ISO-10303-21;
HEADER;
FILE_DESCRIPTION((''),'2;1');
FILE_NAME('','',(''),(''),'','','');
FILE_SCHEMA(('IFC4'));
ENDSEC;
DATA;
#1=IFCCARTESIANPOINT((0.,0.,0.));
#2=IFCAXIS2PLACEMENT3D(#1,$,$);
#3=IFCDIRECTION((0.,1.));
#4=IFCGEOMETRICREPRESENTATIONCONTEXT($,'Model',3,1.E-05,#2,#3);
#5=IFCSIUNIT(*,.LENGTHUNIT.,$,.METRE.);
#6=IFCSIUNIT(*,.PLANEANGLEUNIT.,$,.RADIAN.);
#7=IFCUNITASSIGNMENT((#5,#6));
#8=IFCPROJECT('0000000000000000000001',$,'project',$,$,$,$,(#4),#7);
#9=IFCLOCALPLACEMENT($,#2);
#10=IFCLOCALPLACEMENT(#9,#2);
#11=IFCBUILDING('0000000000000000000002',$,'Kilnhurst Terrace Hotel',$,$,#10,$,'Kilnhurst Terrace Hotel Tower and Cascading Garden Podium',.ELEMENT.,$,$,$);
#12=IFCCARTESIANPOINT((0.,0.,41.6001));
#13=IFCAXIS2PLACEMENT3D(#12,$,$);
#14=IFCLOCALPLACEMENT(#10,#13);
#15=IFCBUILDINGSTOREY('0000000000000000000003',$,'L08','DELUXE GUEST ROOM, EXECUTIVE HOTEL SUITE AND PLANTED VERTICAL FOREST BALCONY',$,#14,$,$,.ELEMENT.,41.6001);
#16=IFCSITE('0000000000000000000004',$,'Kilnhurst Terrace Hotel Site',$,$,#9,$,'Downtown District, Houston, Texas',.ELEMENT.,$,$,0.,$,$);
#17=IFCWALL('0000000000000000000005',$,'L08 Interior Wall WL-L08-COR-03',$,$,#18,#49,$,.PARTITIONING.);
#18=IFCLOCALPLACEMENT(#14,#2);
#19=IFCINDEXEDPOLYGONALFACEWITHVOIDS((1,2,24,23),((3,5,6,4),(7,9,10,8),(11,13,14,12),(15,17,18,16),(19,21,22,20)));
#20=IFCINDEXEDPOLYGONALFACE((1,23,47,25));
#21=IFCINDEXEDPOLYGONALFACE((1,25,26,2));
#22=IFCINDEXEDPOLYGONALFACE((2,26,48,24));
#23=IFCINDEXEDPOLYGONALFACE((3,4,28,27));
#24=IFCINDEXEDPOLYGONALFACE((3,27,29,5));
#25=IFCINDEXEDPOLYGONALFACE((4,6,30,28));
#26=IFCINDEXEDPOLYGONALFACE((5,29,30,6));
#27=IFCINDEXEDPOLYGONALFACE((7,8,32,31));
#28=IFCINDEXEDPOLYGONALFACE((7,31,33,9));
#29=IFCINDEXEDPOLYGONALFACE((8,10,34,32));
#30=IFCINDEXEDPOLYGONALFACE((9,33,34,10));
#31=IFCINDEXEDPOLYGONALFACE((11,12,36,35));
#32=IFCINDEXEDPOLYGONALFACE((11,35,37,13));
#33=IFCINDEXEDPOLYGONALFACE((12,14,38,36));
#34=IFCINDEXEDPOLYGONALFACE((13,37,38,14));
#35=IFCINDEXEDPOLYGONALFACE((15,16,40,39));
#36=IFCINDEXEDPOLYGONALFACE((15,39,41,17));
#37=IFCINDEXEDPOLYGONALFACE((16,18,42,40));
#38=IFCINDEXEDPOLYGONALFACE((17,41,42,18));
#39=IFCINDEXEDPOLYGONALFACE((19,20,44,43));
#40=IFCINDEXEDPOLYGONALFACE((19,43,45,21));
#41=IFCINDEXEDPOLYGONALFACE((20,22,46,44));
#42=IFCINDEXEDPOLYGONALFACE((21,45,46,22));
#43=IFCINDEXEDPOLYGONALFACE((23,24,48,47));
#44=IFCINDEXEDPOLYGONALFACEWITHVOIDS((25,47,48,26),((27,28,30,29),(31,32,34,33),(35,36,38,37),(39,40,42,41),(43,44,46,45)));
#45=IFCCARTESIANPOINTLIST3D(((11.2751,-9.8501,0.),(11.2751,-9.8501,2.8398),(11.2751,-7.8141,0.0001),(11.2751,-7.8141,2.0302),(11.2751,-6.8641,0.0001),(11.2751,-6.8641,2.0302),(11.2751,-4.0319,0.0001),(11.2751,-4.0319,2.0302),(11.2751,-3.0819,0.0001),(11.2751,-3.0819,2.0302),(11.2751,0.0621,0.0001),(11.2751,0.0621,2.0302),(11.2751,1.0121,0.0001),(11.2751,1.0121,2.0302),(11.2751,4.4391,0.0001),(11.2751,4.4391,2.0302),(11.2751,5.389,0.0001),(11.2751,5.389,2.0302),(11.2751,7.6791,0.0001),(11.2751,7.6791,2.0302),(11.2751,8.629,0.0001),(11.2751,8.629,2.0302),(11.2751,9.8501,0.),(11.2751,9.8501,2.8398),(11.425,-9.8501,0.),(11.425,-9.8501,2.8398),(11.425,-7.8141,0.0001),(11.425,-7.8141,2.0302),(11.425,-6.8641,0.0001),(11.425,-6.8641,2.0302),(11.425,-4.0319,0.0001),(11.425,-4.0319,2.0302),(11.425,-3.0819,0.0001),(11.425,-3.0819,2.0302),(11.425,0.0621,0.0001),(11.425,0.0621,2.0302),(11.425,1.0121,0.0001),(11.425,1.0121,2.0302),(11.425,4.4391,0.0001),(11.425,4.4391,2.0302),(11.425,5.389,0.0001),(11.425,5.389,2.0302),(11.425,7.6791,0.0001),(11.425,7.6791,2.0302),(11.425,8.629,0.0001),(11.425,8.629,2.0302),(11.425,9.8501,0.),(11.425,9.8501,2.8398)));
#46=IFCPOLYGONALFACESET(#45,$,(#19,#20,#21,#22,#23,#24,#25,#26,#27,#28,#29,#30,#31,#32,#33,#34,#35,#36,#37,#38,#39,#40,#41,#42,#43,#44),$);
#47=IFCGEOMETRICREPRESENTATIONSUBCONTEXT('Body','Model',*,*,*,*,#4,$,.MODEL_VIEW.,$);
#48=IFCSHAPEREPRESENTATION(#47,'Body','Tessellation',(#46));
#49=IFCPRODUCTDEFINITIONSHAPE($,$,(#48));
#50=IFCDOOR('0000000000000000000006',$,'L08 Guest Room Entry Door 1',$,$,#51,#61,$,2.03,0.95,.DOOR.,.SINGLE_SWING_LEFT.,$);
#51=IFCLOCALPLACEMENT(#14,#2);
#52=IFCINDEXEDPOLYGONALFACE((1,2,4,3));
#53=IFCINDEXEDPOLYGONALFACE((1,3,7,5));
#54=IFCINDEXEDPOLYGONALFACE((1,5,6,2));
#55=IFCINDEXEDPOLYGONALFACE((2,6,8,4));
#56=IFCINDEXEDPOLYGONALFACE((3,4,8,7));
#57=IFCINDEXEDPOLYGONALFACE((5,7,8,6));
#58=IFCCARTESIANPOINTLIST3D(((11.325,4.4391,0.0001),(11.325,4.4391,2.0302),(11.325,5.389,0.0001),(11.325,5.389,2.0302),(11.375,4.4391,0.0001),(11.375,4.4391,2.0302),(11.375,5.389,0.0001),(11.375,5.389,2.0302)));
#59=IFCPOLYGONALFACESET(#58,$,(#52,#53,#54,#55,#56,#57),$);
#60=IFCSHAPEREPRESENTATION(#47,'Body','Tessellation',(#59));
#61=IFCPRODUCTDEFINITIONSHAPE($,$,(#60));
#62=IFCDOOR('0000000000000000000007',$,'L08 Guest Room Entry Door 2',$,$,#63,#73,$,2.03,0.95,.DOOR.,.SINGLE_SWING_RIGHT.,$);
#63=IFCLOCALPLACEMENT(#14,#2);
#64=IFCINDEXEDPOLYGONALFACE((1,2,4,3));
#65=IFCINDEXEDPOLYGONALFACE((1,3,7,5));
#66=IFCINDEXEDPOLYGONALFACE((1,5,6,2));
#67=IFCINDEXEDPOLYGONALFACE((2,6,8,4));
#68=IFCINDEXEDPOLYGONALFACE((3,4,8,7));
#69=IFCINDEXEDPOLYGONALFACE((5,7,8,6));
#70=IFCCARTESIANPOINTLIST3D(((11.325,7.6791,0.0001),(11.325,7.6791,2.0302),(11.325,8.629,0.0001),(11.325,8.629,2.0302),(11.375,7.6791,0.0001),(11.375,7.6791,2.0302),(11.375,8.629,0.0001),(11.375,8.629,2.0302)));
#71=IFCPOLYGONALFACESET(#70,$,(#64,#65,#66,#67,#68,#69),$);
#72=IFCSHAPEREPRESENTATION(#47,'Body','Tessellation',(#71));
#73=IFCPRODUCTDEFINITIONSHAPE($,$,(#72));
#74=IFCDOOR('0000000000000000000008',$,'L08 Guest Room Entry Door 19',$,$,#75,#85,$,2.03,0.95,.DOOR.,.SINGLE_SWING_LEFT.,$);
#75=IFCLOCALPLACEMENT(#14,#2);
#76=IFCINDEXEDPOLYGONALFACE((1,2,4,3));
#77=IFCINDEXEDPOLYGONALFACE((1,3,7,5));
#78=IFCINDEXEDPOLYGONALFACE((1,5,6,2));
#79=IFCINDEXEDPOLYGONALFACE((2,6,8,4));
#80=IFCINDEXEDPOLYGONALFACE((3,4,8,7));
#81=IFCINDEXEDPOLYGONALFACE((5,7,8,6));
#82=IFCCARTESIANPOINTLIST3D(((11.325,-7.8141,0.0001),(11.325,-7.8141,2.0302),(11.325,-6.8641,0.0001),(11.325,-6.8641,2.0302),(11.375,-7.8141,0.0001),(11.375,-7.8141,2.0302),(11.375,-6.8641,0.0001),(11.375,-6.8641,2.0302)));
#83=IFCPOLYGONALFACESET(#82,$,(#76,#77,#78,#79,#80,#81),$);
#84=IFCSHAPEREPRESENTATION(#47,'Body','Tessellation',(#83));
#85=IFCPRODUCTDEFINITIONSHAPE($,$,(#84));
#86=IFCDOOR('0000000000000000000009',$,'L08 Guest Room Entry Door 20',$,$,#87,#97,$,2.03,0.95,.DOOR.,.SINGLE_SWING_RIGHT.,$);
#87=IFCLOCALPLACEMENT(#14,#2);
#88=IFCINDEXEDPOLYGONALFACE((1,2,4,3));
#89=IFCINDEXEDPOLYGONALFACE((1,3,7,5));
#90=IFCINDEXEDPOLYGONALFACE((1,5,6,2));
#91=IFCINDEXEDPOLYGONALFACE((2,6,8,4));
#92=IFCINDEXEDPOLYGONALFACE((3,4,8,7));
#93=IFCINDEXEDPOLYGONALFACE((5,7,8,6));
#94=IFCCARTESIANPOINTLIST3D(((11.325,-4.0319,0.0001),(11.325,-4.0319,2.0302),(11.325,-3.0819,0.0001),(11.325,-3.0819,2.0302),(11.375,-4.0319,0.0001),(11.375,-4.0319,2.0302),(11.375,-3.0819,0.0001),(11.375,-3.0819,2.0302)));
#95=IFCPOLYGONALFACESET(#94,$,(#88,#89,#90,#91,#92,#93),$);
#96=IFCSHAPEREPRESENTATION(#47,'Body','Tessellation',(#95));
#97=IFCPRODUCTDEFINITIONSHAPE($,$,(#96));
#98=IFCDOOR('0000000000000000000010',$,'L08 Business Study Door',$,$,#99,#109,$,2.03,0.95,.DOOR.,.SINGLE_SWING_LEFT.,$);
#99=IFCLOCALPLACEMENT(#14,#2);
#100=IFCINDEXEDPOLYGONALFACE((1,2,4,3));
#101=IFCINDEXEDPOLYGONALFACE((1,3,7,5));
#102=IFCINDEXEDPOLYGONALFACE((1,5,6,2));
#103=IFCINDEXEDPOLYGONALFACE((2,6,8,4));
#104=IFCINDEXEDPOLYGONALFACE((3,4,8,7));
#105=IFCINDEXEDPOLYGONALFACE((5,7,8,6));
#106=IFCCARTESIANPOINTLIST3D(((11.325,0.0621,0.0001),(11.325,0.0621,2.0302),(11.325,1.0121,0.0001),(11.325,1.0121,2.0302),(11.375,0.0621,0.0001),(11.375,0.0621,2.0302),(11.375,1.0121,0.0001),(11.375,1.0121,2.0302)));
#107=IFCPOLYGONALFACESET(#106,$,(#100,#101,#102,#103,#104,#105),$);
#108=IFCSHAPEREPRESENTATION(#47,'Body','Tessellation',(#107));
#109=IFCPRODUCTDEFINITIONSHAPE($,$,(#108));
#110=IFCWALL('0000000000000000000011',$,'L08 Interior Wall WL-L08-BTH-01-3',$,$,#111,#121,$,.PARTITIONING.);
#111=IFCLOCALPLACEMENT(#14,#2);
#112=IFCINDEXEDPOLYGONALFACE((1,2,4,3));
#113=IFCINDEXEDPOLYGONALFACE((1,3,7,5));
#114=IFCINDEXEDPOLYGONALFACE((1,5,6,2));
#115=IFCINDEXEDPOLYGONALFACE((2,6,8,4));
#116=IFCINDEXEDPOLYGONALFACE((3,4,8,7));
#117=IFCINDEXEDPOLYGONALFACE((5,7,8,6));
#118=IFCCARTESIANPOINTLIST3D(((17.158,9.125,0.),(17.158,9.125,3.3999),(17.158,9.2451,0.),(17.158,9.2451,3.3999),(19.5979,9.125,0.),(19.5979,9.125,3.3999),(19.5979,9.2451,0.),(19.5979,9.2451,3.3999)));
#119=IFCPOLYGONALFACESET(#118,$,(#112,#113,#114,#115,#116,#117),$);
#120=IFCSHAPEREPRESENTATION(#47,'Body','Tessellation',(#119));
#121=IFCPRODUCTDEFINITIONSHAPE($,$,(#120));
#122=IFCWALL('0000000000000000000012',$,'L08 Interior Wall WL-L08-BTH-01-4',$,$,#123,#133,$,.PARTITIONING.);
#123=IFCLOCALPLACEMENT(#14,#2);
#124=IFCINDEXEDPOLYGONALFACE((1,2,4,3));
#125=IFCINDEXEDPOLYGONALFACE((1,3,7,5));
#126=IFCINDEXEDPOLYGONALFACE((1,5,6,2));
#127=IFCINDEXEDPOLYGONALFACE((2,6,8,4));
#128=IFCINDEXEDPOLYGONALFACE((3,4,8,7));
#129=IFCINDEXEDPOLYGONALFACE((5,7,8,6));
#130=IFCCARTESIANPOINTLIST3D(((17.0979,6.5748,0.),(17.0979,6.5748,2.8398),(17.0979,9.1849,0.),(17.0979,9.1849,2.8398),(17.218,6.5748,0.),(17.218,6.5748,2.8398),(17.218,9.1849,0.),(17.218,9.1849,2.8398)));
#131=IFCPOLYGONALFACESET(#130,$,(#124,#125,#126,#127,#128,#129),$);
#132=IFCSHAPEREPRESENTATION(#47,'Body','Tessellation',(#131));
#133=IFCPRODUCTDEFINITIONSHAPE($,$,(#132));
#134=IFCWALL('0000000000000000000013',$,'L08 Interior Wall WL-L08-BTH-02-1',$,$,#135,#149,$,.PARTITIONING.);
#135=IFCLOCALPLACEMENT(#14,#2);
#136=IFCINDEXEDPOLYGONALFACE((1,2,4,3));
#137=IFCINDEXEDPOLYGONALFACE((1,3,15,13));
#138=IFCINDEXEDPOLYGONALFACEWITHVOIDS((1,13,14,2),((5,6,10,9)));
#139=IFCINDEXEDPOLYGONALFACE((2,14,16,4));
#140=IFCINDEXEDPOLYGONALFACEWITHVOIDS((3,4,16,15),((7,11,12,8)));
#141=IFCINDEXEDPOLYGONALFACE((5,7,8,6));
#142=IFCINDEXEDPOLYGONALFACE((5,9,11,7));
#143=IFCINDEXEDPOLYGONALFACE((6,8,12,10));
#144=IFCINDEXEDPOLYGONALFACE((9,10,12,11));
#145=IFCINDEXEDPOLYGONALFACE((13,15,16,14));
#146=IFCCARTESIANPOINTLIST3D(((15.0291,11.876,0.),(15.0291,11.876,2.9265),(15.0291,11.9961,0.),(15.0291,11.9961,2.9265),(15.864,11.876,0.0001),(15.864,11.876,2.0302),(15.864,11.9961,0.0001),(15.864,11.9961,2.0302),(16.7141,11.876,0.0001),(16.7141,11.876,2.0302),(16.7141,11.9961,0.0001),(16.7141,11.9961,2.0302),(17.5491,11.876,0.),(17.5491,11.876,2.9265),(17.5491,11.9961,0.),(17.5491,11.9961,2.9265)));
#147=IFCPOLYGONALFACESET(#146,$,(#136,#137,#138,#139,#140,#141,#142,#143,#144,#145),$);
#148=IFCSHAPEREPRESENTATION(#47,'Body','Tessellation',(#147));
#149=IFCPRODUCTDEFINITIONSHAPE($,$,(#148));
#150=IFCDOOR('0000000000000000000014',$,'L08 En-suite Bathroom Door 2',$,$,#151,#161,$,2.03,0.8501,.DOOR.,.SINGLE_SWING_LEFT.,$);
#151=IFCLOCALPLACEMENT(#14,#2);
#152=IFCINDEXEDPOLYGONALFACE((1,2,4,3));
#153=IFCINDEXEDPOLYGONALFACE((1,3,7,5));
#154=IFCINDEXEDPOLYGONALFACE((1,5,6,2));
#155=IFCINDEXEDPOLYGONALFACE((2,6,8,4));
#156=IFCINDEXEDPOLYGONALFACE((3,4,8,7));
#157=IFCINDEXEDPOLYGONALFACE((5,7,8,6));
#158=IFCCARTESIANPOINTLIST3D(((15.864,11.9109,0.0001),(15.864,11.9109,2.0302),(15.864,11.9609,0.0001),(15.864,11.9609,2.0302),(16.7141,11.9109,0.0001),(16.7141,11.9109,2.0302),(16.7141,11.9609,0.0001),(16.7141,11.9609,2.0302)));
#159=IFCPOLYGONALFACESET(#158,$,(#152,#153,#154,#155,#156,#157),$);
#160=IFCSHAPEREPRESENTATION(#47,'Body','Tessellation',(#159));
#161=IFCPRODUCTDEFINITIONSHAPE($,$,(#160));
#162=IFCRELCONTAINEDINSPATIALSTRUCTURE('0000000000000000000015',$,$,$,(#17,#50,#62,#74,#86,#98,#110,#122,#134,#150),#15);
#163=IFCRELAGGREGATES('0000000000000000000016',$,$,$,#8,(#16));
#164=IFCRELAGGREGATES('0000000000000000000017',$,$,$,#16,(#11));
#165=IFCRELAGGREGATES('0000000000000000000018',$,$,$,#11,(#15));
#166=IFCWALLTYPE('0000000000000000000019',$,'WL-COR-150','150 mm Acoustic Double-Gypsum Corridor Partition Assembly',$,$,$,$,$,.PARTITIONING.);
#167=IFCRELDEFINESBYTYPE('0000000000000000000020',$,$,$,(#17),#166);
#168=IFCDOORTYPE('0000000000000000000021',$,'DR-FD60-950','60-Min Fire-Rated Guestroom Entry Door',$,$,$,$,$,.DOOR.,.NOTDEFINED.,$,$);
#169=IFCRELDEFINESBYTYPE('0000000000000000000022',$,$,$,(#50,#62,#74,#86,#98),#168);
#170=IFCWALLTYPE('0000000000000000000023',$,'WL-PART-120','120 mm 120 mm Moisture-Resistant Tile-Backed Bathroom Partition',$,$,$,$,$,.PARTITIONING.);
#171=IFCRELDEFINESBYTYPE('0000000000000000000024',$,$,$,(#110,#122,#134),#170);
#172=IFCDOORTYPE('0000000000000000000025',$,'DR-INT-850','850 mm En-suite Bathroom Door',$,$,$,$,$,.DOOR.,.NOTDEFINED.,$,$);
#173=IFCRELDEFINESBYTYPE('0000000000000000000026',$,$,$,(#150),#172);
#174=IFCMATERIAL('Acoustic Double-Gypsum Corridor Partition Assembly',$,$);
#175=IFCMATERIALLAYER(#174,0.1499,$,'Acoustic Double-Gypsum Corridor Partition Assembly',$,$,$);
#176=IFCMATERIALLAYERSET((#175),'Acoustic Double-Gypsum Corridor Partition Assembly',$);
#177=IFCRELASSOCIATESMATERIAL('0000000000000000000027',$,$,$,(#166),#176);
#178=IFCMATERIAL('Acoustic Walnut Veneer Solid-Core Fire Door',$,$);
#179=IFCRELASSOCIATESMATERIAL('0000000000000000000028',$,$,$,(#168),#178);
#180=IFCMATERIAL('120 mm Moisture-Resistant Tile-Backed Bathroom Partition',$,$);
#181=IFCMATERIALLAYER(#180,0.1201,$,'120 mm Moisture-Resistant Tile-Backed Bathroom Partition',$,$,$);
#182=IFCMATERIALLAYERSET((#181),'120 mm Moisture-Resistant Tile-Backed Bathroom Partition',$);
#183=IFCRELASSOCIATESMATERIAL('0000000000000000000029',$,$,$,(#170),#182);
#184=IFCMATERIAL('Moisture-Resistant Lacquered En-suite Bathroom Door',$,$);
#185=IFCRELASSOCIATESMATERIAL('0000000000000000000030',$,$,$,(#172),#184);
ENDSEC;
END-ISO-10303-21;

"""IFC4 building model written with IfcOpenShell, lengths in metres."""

from ifc_helpers import new_model, si_unit, direction, frame, frame_2d, origin, place, context, subcontext, project, spatial, rectangle, extrude, material, layer, layer_set, type_object, element, fill, save


model = new_model("IFC4")

# Units and contexts
model_context = context("Model", 3, precision=1e-05, world=origin(), true_north=direction((0.0, 1.0)))
body_context = subcontext(model_context, "Body", "Model", "MODEL_VIEW")
ifc_project = project(units=[si_unit("LENGTHUNIT", "METRE"), si_unit("PLANEANGLEUNIT", "RADIAN")], contexts=[model_context])

# Site, building, storey
site_placement = place(None, origin())
site = spatial("IfcSite", under=ifc_project, at=site_placement, Name="Kilnhurst Terrace Hotel Site", LongName="Downtown District, Houston, Texas", CompositionType="ELEMENT", RefElevation=0.0)
building_placement = place(site_placement, origin())
building = spatial("IfcBuilding", under=site, at=building_placement, Name="Kilnhurst Terrace Hotel", LongName="Kilnhurst Terrace Hotel Tower and Cascading Garden Podium", CompositionType="ELEMENT")
storey_placement = place(building_placement, frame((0.0, 0.0, 41.6001)))
storey = spatial("IfcBuildingStorey", under=building, at=storey_placement, Name="L08", Description="DELUXE GUEST ROOM, EXECUTIVE HOTEL SUITE AND PLANTED VERTICAL FOREST BALCONY", CompositionType="ELEMENT", Elevation=41.6001)

# Wall, openings, doors
ifc_material_1 = material(Name="Acoustic Double-Gypsum Corridor Partition Assembly")
ifc_layer_1 = layer(ifc_material_1, 0.1499, Name="Acoustic Double-Gypsum Corridor Partition Assembly")
ifc_layer_set_1 = layer_set([ifc_layer_1], Name="Acoustic Double-Gypsum Corridor Partition Assembly")
wall_type_1 = type_object("IfcWallType", Name="WL-COR-150", Description="150 mm Acoustic Double-Gypsum Corridor Partition Assembly", PredefinedType="PARTITIONING", material=ifc_layer_set_1)
wall_1_placement = place(storey_placement, frame((11.3501, 9.8501, 0.0), z_axis=(0.0, 0.0, 1.0), x_axis=(0.0, -1.0, 0.0)))
wall_1 = element("IfcWall", 1, at=wall_1_placement, inside=storey, type_object=wall_type_1, Name="L08 Interior Wall WL-L08-COR-03", PredefinedType="PARTITIONING", context=body_context, shape_type="SweptSolid", body=[
    extrude(rectangle(XDim=19.7002, YDim=0.1499, at=frame_2d((9.8501, 0.0))), origin(), (0.0, 0.0, 1.0), 2.8398),
])
opening_1_placement = place(wall_1_placement, frame((4.4609, 0.0, 0.0)))
opening_1 = element("IfcOpeningElement", 2, at=opening_1_placement, cuts=wall_1, PredefinedType="OPENING", context=body_context, shape_type="SweptSolid", body=[
    extrude(rectangle(XDim=0.95, YDim=2.03, at=frame_2d((0.4751, 1.0151))), frame((0.0, 0.085, 0.0), z_axis=(0.0, -1.0, 0.0), x_axis=(1.0, 0.0, 0.0)), (0.0, 0.0, 1.0), 0.1699),
])
opening_2_placement = place(wall_1_placement, frame((1.2209, 0.0, 0.0)))
opening_2 = element("IfcOpeningElement", 3, at=opening_2_placement, cuts=wall_1, PredefinedType="OPENING", context=body_context, shape_type="SweptSolid", body=[
    extrude(rectangle(XDim=0.95, YDim=2.03, at=frame_2d((0.4751, 1.0151))), frame((0.0, 0.085, 0.0), z_axis=(0.0, -1.0, 0.0), x_axis=(1.0, 0.0, 0.0)), (0.0, 0.0, 1.0), 0.1699),
])
opening_3_placement = place(wall_1_placement, frame((16.7141, 0.0, 0.0)))
opening_3 = element("IfcOpeningElement", 4, at=opening_3_placement, cuts=wall_1, PredefinedType="OPENING", context=body_context, shape_type="SweptSolid", body=[
    extrude(rectangle(XDim=0.95, YDim=2.03, at=frame_2d((0.4751, 1.0151))), frame((0.0, 0.085, 0.0), z_axis=(0.0, -1.0, 0.0), x_axis=(1.0, 0.0, 0.0)), (0.0, 0.0, 1.0), 0.1699),
])
opening_4_placement = place(wall_1_placement, frame((12.9319, 0.0, 0.0)))
opening_4 = element("IfcOpeningElement", 5, at=opening_4_placement, cuts=wall_1, PredefinedType="OPENING", context=body_context, shape_type="SweptSolid", body=[
    extrude(rectangle(XDim=0.95, YDim=2.03, at=frame_2d((0.4751, 1.0151))), frame((0.0, 0.085, 0.0), z_axis=(0.0, -1.0, 0.0), x_axis=(1.0, 0.0, 0.0)), (0.0, 0.0, 1.0), 0.1699),
])
opening_5_placement = place(wall_1_placement, frame((8.8379, 0.0, 0.0)))
opening_5 = element("IfcOpeningElement", 6, at=opening_5_placement, cuts=wall_1, PredefinedType="OPENING", context=body_context, shape_type="SweptSolid", body=[
    extrude(rectangle(XDim=0.95, YDim=2.03, at=frame_2d((0.4751, 1.0151))), frame((0.0, 0.085, 0.0), z_axis=(0.0, -1.0, 0.0), x_axis=(1.0, 0.0, 0.0)), (0.0, 0.0, 1.0), 0.1699),
])
ifc_material_2 = material(Name="Acoustic Walnut Veneer Solid-Core Fire Door")
door_type_1 = type_object("IfcDoorType", Name="DR-FD60-950", Description="60-Min Fire-Rated Guestroom Entry Door", OperationType="NOTDEFINED", PredefinedType="DOOR", material=ifc_material_2)
door_1_placement = place(opening_1_placement, origin())
door_1 = element("IfcDoor", 7, at=door_1_placement, inside=storey, type_object=door_type_1, Name="L08 Guest Room Entry Door 1", OperationType="SINGLE_SWING_LEFT", OverallHeight=2.03, OverallWidth=0.95, PredefinedType="DOOR", context=body_context, shape_type="SweptSolid", body=[
    extrude(rectangle(XDim=0.95, YDim=2.03, at=frame_2d((0.4751, 1.0151))), frame((0.0, 0.0249, 0.0), z_axis=(0.0, -1.0, 0.0), x_axis=(1.0, 0.0, 0.0)), (0.0, 0.0, 1.0), 0.05),
])
fill(opening_1, door_1)
door_2_placement = place(opening_2_placement, origin())
door_2 = element("IfcDoor", 8, at=door_2_placement, inside=storey, type_object=door_type_1, Name="L08 Guest Room Entry Door 2", OperationType="SINGLE_SWING_RIGHT", OverallHeight=2.03, OverallWidth=0.95, PredefinedType="DOOR", context=body_context, shape_type="SweptSolid", body=[
    extrude(rectangle(XDim=0.95, YDim=2.03, at=frame_2d((0.4751, 1.0151))), frame((0.0, 0.0249, 0.0), z_axis=(0.0, -1.0, 0.0), x_axis=(1.0, 0.0, 0.0)), (0.0, 0.0, 1.0), 0.05),
])
fill(opening_2, door_2)
door_3_placement = place(opening_3_placement, origin())
door_3 = element("IfcDoor", 9, at=door_3_placement, inside=storey, type_object=door_type_1, Name="L08 Guest Room Entry Door 19", OperationType="SINGLE_SWING_LEFT", OverallHeight=2.03, OverallWidth=0.95, PredefinedType="DOOR", context=body_context, shape_type="SweptSolid", body=[
    extrude(rectangle(XDim=0.95, YDim=2.03, at=frame_2d((0.4751, 1.0151))), frame((0.0, 0.0249, 0.0), z_axis=(0.0, -1.0, 0.0), x_axis=(1.0, 0.0, 0.0)), (0.0, 0.0, 1.0), 0.05),
])
fill(opening_3, door_3)
door_4_placement = place(opening_4_placement, origin())
door_4 = element("IfcDoor", 10, at=door_4_placement, inside=storey, type_object=door_type_1, Name="L08 Guest Room Entry Door 20", OperationType="SINGLE_SWING_RIGHT", OverallHeight=2.03, OverallWidth=0.95, PredefinedType="DOOR", context=body_context, shape_type="SweptSolid", body=[
    extrude(rectangle(XDim=0.95, YDim=2.03, at=frame_2d((0.4751, 1.0151))), frame((0.0, 0.0249, 0.0), z_axis=(0.0, -1.0, 0.0), x_axis=(1.0, 0.0, 0.0)), (0.0, 0.0, 1.0), 0.05),
])
fill(opening_4, door_4)
door_5_placement = place(opening_5_placement, origin())
door_5 = element("IfcDoor", 11, at=door_5_placement, inside=storey, type_object=door_type_1, Name="L08 Business Study Door", OperationType="SINGLE_SWING_LEFT", OverallHeight=2.03, OverallWidth=0.95, PredefinedType="DOOR", context=body_context, shape_type="SweptSolid", body=[
    extrude(rectangle(XDim=0.95, YDim=2.03, at=frame_2d((0.4751, 1.0151))), frame((0.0, 0.0249, 0.0), z_axis=(0.0, -1.0, 0.0), x_axis=(1.0, 0.0, 0.0)), (0.0, 0.0, 1.0), 0.05),
])
fill(opening_5, door_5)

# Walls
ifc_material_3 = material(Name="120 mm Moisture-Resistant Tile-Backed Bathroom Partition")
ifc_layer_2 = layer(ifc_material_3, 0.1201, Name="120 mm Moisture-Resistant Tile-Backed Bathroom Partition")
ifc_layer_set_2 = layer_set([ifc_layer_2], Name="120 mm Moisture-Resistant Tile-Backed Bathroom Partition")
wall_type_2 = type_object("IfcWallType", Name="WL-PART-120", Description="120 mm 120 mm Moisture-Resistant Tile-Backed Bathroom Partition", PredefinedType="PARTITIONING", material=ifc_layer_set_2)
wall_2_placement = place(storey_placement, frame((19.5979, 9.1851, 0.0), z_axis=(0.0, 0.0, 1.0), x_axis=(-1.0, 0.0, 0.0)))
element("IfcWall", 12, at=wall_2_placement, inside=storey, type_object=wall_type_2, Name="L08 Interior Wall WL-L08-BTH-01-3", PredefinedType="PARTITIONING", context=body_context, shape_type="SweptSolid", body=[
    extrude(rectangle(XDim=2.4399, YDim=0.1201, at=frame_2d((1.22, 0.0))), origin(), (0.0, 0.0, 1.0), 3.3999),
])
wall_3_placement = place(storey_placement, frame((17.158, 9.1851, 0.0), z_axis=(0.0, 0.0, 1.0), x_axis=(0.0, -1.0, 0.0)))
element("IfcWall", 13, at=wall_3_placement, inside=storey, type_object=wall_type_2, Name="L08 Interior Wall WL-L08-BTH-01-4", PredefinedType="PARTITIONING", context=body_context, shape_type="SweptSolid", body=[
    extrude(rectangle(XDim=2.6101, YDim=0.1201, at=frame_2d((1.3052, 0.0))), origin(), (0.0, 0.0, 1.0), 2.8398),
])

# Wall, opening, door
wall_4_placement = place(storey_placement, frame((15.0291, 11.936, 0.0), z_axis=(0.0, 0.0, 1.0), x_axis=(1.0, 0.0, 0.0)))
wall_4 = element("IfcWall", 14, at=wall_4_placement, inside=storey, type_object=wall_type_2, Name="L08 Interior Wall WL-L08-BTH-02-1", PredefinedType="PARTITIONING", context=body_context, shape_type="SweptSolid", body=[
    extrude(rectangle(XDim=2.52, YDim=0.1201, at=frame_2d((1.26, 0.0))), origin(), (0.0, 0.0, 1.0), 2.9265),
])
opening_6_placement = place(wall_4_placement, frame((0.835, 0.0, 0.0)))
opening_6 = element("IfcOpeningElement", 15, at=opening_6_placement, cuts=wall_4, PredefinedType="OPENING", context=body_context, shape_type="SweptSolid", body=[
    extrude(rectangle(XDim=0.8501, YDim=2.03, at=frame_2d((0.425, 1.0151))), frame((0.0, 0.0701, 0.0), z_axis=(0.0, -1.0, 0.0), x_axis=(1.0, 0.0, 0.0)), (0.0, 0.0, 1.0), 0.1401),
])
ifc_material_4 = material(Name="Moisture-Resistant Lacquered En-suite Bathroom Door")
door_type_2 = type_object("IfcDoorType", Name="DR-INT-850", Description="850 mm En-suite Bathroom Door", OperationType="NOTDEFINED", PredefinedType="DOOR", material=ifc_material_4)
door_6_placement = place(opening_6_placement, origin())
door_6 = element("IfcDoor", 16, at=door_6_placement, inside=storey, type_object=door_type_2, Name="L08 En-suite Bathroom Door 2", OperationType="SINGLE_SWING_LEFT", OverallHeight=2.03, OverallWidth=0.8501, PredefinedType="DOOR", context=body_context, shape_type="SweptSolid", body=[
    extrude(rectangle(XDim=0.8501, YDim=2.03, at=frame_2d((0.425, 1.0151))), frame((0.0, 0.0249, 0.0), z_axis=(0.0, -1.0, 0.0), x_axis=(1.0, 0.0, 0.0)), (0.0, 0.0, 1.0), 0.05),
])
fill(opening_6, door_6)

save(model, "model.ifc")
